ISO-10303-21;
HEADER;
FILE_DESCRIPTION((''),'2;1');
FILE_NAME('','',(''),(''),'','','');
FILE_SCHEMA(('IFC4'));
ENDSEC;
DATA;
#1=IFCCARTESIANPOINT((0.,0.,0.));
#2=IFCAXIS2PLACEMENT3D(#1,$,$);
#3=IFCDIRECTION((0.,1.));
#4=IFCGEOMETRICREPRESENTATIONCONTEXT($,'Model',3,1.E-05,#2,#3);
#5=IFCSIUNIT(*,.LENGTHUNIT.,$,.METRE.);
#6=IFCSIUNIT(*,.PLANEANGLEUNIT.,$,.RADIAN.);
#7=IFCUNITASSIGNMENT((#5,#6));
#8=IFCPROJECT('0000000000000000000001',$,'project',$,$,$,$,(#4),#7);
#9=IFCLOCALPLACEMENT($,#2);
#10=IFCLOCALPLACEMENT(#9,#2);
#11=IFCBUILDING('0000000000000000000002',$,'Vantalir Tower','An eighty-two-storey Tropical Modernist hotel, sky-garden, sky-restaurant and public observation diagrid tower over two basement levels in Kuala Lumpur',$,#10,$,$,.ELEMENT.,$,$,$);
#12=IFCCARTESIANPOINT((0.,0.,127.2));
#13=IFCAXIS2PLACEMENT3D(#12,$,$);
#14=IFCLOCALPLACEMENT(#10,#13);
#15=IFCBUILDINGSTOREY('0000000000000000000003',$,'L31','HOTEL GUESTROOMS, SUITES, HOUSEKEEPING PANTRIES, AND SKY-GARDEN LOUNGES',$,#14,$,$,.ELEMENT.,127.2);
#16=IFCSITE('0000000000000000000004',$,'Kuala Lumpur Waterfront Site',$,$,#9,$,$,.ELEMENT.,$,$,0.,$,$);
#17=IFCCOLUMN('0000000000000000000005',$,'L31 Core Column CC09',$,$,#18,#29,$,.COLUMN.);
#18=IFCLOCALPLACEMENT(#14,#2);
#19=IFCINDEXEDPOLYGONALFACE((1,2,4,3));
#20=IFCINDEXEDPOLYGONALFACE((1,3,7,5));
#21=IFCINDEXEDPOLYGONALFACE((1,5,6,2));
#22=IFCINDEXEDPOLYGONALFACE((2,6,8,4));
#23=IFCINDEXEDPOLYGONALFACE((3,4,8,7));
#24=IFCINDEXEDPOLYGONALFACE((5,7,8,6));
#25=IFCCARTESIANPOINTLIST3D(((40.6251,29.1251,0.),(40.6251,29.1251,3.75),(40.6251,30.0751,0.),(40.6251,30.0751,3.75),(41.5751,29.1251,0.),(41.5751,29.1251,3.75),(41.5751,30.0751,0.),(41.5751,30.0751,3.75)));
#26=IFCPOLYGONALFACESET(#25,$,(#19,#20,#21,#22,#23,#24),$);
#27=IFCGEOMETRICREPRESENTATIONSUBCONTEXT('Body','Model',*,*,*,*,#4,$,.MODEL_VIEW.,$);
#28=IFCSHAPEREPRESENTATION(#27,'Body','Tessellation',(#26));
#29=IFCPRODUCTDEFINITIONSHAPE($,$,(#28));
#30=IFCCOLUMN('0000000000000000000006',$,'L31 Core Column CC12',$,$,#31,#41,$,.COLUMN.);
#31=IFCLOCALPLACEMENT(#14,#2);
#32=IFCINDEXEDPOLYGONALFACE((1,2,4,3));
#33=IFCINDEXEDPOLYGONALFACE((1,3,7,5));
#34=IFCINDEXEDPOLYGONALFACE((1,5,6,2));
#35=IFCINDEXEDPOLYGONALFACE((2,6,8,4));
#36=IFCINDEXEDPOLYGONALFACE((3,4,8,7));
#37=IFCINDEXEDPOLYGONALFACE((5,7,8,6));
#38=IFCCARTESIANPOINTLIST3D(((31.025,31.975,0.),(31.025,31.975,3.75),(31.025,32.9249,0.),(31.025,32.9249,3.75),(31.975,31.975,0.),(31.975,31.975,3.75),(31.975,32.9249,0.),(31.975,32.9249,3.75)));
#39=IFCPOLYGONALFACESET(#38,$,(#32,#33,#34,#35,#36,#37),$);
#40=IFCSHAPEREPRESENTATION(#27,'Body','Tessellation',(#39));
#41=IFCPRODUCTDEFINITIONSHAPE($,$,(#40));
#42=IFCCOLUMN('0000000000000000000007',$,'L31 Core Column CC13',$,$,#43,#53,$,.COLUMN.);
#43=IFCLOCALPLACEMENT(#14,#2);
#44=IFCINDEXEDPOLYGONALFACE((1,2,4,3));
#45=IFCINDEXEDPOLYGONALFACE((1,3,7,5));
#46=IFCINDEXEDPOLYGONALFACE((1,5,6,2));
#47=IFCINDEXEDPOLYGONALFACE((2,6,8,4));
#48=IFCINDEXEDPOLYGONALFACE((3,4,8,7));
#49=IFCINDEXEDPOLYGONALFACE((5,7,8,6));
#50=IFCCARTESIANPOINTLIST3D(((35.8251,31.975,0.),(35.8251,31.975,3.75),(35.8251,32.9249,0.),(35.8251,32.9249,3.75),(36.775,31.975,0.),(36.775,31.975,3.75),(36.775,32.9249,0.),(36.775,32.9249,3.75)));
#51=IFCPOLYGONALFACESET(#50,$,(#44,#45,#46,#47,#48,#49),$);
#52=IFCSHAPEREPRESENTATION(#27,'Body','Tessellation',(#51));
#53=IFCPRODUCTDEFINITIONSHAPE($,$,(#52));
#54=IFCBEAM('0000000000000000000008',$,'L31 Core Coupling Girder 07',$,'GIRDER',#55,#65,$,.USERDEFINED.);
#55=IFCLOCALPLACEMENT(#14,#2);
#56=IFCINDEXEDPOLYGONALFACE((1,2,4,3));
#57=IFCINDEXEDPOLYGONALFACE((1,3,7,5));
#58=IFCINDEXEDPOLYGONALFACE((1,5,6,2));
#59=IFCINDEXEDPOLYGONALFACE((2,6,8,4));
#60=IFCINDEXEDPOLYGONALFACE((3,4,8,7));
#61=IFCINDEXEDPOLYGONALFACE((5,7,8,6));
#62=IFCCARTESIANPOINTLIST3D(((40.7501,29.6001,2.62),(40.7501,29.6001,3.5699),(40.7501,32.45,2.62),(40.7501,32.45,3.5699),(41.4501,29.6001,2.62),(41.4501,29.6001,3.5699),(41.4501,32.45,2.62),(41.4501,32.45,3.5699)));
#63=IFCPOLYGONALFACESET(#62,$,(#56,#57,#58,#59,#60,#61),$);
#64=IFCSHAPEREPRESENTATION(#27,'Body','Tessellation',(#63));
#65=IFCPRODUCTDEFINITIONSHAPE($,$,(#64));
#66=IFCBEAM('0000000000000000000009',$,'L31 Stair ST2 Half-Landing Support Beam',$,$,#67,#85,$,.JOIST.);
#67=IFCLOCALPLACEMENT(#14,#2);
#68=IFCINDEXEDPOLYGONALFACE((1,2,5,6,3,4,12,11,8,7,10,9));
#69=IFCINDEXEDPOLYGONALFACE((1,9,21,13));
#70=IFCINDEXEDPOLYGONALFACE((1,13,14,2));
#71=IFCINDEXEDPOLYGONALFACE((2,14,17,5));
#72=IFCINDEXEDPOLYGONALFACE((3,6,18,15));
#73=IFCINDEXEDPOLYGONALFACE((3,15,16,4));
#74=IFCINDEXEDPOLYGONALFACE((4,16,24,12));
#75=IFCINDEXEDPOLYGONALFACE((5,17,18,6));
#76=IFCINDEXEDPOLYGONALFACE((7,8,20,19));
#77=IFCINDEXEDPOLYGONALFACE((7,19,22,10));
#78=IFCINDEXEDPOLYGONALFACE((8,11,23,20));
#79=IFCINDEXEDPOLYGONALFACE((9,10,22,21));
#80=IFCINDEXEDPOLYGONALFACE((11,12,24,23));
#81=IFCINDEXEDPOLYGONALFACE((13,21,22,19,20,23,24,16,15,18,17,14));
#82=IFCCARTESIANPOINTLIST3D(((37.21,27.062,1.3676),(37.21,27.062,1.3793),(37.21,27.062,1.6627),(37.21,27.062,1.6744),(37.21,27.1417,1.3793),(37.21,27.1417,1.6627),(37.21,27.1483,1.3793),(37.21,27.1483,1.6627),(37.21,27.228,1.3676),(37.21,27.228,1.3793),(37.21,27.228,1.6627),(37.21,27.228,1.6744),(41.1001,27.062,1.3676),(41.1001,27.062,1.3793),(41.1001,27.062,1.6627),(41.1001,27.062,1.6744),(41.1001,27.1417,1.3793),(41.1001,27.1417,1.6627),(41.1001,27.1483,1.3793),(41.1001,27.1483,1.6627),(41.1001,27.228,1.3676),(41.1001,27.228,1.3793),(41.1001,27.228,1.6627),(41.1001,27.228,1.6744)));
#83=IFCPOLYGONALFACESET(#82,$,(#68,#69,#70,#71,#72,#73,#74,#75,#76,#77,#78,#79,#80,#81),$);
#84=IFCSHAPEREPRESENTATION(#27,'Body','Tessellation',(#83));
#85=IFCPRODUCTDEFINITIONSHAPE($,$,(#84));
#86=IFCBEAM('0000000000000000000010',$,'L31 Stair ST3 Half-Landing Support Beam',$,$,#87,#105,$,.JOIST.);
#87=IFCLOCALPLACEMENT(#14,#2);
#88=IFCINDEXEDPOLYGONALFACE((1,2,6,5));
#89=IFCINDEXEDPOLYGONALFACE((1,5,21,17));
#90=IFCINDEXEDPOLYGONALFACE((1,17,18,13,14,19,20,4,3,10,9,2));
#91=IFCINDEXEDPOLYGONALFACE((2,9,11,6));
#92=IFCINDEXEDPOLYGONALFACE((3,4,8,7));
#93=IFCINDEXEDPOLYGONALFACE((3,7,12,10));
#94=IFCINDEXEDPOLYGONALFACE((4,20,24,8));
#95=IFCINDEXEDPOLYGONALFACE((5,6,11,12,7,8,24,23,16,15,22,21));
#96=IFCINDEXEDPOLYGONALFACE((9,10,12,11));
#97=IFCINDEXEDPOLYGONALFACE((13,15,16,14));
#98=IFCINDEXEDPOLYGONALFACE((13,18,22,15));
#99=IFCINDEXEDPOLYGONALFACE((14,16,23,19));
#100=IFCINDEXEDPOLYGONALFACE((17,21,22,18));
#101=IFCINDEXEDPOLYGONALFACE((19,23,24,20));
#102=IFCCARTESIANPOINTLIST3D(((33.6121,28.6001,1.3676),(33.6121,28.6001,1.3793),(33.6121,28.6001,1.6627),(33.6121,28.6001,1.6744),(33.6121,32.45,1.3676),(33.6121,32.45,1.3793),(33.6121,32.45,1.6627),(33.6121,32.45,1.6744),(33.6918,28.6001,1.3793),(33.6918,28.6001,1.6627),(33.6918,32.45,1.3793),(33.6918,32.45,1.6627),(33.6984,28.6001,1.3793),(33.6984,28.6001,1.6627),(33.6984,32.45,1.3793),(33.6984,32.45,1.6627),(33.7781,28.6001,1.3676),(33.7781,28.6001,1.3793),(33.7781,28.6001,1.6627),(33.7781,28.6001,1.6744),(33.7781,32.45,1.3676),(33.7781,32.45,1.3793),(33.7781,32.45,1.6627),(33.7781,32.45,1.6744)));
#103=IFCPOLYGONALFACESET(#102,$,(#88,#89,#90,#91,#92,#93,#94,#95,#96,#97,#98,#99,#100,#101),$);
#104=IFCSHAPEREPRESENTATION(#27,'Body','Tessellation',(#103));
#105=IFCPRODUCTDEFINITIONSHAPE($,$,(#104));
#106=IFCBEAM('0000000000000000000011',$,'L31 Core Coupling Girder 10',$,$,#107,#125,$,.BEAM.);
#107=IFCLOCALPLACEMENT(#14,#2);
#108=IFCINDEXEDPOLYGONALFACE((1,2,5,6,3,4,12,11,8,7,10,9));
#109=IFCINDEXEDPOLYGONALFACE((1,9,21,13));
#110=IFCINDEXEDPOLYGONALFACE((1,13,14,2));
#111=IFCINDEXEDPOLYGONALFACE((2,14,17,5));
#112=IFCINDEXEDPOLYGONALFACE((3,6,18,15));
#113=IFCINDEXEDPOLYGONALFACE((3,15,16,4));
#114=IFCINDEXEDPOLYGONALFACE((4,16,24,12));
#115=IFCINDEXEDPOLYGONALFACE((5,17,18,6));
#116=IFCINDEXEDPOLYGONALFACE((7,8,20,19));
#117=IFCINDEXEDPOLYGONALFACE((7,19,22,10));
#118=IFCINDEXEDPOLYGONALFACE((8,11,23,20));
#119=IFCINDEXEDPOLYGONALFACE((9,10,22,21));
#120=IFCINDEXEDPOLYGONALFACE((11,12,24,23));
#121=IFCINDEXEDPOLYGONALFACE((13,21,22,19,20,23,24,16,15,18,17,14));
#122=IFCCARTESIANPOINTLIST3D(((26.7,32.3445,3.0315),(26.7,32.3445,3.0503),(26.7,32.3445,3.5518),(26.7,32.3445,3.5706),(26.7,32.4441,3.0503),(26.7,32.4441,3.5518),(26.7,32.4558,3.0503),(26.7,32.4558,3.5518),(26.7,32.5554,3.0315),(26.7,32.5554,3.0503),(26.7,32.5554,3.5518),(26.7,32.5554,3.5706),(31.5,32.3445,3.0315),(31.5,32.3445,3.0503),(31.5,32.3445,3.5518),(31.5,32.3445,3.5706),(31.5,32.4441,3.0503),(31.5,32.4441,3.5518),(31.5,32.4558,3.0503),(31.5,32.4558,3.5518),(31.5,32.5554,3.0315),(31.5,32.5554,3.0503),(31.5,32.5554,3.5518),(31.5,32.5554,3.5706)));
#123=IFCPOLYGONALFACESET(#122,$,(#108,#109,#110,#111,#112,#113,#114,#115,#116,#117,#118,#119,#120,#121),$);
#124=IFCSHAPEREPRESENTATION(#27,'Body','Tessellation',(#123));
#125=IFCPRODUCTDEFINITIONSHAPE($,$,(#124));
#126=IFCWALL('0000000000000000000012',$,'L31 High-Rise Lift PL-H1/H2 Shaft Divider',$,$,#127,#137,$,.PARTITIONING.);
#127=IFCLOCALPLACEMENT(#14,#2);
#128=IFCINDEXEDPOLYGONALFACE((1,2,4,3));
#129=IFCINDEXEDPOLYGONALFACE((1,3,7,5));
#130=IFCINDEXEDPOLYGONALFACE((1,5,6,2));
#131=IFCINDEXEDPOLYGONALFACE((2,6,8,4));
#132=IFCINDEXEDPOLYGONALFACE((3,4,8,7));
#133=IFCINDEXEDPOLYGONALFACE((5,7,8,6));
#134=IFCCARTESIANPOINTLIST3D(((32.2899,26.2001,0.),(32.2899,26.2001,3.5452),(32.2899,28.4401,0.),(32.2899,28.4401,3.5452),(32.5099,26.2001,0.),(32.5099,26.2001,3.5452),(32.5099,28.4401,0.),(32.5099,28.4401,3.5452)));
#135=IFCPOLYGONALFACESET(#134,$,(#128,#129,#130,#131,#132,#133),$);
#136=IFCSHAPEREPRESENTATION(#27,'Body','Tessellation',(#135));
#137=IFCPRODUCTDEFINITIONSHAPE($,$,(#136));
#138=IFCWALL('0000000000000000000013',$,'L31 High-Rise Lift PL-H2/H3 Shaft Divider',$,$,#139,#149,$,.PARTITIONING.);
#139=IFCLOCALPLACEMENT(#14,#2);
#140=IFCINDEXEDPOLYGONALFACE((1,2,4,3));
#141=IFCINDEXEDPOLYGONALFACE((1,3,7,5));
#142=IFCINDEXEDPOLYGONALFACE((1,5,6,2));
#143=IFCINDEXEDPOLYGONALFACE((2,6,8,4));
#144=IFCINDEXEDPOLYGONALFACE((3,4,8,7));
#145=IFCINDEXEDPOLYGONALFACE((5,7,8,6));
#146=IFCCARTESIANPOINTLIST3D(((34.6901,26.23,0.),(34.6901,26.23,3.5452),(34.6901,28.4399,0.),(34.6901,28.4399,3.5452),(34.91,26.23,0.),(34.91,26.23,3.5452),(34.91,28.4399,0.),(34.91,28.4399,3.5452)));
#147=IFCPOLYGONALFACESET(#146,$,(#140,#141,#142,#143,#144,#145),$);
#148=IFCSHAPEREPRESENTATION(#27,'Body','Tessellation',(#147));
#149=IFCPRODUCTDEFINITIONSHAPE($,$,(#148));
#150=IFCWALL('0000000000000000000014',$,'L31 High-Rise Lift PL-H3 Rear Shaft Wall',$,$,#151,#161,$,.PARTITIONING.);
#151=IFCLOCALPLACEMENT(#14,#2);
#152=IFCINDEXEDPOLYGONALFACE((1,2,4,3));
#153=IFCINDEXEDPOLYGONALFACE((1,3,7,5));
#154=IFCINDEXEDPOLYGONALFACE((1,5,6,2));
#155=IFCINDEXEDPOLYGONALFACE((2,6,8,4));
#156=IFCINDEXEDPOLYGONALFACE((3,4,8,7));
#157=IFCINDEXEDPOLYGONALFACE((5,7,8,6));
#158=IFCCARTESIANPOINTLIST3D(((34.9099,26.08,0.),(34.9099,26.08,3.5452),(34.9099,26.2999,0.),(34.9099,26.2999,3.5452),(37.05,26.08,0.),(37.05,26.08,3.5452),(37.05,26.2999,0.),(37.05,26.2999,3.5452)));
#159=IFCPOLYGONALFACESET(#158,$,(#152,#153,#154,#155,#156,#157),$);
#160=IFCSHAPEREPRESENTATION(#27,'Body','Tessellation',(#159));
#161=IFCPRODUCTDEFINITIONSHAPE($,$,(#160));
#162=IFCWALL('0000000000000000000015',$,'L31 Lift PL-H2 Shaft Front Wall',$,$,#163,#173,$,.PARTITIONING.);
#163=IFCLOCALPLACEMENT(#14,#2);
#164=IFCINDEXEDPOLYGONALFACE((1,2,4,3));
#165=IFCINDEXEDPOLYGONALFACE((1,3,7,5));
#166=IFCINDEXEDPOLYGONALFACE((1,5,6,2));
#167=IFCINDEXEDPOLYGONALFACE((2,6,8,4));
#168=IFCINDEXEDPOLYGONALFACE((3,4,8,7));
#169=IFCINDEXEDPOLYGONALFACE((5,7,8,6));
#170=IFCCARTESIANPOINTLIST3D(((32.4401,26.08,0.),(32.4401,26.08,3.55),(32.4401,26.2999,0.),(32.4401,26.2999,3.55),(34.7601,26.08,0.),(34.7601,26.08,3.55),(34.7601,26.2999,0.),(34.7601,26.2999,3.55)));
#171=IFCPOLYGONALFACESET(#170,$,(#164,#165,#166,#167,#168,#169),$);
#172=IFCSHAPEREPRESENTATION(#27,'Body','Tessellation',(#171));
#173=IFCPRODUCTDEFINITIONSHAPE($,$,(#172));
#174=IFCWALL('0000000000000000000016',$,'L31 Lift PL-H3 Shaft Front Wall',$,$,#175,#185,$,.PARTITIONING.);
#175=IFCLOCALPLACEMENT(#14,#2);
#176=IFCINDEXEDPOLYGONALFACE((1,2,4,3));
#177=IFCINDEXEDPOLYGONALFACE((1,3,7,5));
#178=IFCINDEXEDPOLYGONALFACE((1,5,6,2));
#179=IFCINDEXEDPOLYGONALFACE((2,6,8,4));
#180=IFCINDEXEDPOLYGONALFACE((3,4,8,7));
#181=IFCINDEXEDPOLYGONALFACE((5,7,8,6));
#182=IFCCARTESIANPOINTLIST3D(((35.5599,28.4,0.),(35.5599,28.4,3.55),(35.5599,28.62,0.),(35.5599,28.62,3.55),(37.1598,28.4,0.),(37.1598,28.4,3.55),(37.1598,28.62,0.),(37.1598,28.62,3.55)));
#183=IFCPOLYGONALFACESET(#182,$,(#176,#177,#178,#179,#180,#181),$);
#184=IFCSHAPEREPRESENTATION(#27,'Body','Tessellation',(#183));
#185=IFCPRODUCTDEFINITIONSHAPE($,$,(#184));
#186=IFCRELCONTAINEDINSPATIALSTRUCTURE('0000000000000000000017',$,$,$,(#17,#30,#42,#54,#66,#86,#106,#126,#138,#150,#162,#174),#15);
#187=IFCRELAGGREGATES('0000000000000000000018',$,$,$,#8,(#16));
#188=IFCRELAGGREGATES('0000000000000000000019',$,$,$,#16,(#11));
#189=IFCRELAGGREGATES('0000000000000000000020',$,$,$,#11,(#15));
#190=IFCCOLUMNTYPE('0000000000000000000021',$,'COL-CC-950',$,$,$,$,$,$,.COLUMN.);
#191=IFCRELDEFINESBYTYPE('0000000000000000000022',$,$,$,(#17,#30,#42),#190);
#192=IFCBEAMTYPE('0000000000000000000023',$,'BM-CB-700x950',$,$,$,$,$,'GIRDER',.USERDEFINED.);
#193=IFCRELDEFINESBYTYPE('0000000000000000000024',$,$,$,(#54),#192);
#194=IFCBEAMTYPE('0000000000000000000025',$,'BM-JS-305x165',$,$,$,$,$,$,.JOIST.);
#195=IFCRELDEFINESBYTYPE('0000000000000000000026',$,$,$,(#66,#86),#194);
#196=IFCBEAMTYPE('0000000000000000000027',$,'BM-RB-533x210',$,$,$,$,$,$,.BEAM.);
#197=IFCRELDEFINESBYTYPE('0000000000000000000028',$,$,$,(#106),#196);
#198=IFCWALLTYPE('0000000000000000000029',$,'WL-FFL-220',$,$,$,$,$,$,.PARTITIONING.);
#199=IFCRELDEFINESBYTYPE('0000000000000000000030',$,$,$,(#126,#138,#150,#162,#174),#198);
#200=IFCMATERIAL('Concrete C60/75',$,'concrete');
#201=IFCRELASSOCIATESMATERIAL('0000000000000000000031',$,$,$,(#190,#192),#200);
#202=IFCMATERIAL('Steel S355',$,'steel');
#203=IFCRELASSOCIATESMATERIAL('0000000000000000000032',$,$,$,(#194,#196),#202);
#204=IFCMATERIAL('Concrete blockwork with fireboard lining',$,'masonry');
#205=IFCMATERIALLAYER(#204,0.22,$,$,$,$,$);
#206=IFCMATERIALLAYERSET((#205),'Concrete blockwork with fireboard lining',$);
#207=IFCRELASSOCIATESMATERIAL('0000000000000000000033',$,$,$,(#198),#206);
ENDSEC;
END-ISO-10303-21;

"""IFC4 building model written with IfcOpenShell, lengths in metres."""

from ifc_helpers import new_model, si_unit, direction, frame, frame_2d, origin, origin_2d, place, context, subcontext, project, spatial, rectangle, i_section, extrude, material, layer, layer_set, material_profile, profile_set, type_object, element, save


model = new_model("IFC4")

# Units and contexts
model_context = context("Model", 3, precision=1e-05, world=origin(), true_north=direction((0.0, 1.0)))
body_context = subcontext(model_context, "Body", "Model", "MODEL_VIEW")
ifc_project = project(units=[si_unit("LENGTHUNIT", "METRE"), si_unit("PLANEANGLEUNIT", "RADIAN")], contexts=[model_context])

# Site, building, storey
site_placement = place(None, origin())
site = spatial("IfcSite", under=ifc_project, at=site_placement, Name="Kuala Lumpur Waterfront Site", CompositionType="ELEMENT", RefElevation=0.0)
building_placement = place(site_placement, origin())
building = spatial("IfcBuilding", under=site, at=building_placement, Name="Vantalir Tower", Description="An eighty-two-storey Tropical Modernist hotel, sky-garden, sky-restaurant and public observation diagrid tower over two basement levels in Kuala Lumpur", CompositionType="ELEMENT")
storey_placement = place(building_placement, frame((0.0, 0.0, 127.2)))
storey = spatial("IfcBuildingStorey", under=building, at=storey_placement, Name="L31", Description="HOTEL GUESTROOMS, SUITES, HOUSEKEEPING PANTRIES, AND SKY-GARDEN LOUNGES", CompositionType="ELEMENT", Elevation=127.2)

# Columns
ifc_material_1 = material(Name="Concrete C60/75", Category="concrete")
ifc_material_profile_1 = material_profile(ifc_material_1, rectangle(XDim=0.95, YDim=0.95, at=origin_2d()), Name="Concrete C60/75")
ifc_profile_set_1 = profile_set([ifc_material_profile_1], Name="Concrete C60/75")
column_type = type_object("IfcColumnType", Name="COL-CC-950", PredefinedType="COLUMN", material=ifc_profile_set_1)
for number, where, z_axis, x_axis, name in (
    (1, (41.1001, 29.6001, 0.0), (0.0, 0.0, 1.0), (1.0, 0.0, 0.0), "L31 Core Column CC09"),
    (2, (31.5, 32.45, 0.0), (0.0, 0.0, 1.0), (1.0, 0.0, 0.0), "L31 Core Column CC12"),
    (3, (36.3, 32.45, 0.0), (0.0, 0.0, 1.0), (1.0, 0.0, 0.0), "L31 Core Column CC13"),
):
    element("IfcColumn", number, at=place(storey_placement, frame(where, z_axis=z_axis, x_axis=x_axis)), inside=storey, type_object=column_type, Name=name, PredefinedType="COLUMN", context=body_context, shape_type="SweptSolid", body=[
        extrude(rectangle(XDim=0.95, YDim=0.95, at=origin_2d()), origin(), (0.0, 0.0, 1.0), 3.75),
    ])

# Beams
ifc_material_profile_2 = material_profile(ifc_material_1, rectangle(XDim=0.7, YDim=0.95, at=origin_2d()), Name="Concrete C60/75")
ifc_profile_set_2 = profile_set([ifc_material_profile_2], Name="Concrete C60/75")
beam_type_1 = type_object("IfcBeamType", Name="BM-CB-700x950", ElementType="GIRDER", PredefinedType="USERDEFINED", material=ifc_profile_set_2)
beam_1_placement = place(storey_placement, frame((41.1001, 29.6001, 3.095), z_axis=(0.0, 1.0, 0.0), x_axis=(-1.0, 0.0, 0.0)))
element("IfcBeam", 4, at=beam_1_placement, inside=storey, type_object=beam_type_1, Name="L31 Core Coupling Girder 07", ObjectType="GIRDER", PredefinedType="USERDEFINED", context=body_context, shape_type="SweptSolid", body=[
    extrude(rectangle(XDim=0.7, YDim=0.95, at=origin_2d()), origin(), (0.0, 0.0, 1.0), 2.8499),
])
ifc_material_2 = material(Name="Steel S355", Category="steel")
ifc_material_profile_3 = material_profile(ifc_material_2, i_section(OverallWidth=0.166, OverallDepth=0.3069, WebThickness=0.0066, FlangeThickness=0.0117, at=origin_2d()), Name="Steel S355")
ifc_profile_set_3 = profile_set([ifc_material_profile_3], Name="Steel S355")
beam_type_2 = type_object("IfcBeamType", Name="BM-JS-305x165", PredefinedType="JOIST", material=ifc_profile_set_3)
beam_2_placement = place(storey_placement, frame((37.21, 27.145, 1.521), z_axis=(1.0, 0.0, 0.0), x_axis=(0.0, 1.0, 0.0)))
element("IfcBeam", 5, at=beam_2_placement, inside=storey, type_object=beam_type_2, Name="L31 Stair ST2 Half-Landing Support Beam", PredefinedType="JOIST", context=body_context, shape_type="SweptSolid", body=[
    extrude(i_section(OverallWidth=0.166, OverallDepth=0.3069, WebThickness=0.0066, FlangeThickness=0.0117, at=origin_2d()), origin(), (0.0, 0.0, 1.0), 3.8901),
])
beam_3_placement = place(storey_placement, frame((33.6951, 28.6001, 1.521), z_axis=(0.0, 1.0, 0.0), x_axis=(-1.0, 0.0, 0.0)))
element("IfcBeam", 6, at=beam_3_placement, inside=storey, type_object=beam_type_2, Name="L31 Stair ST3 Half-Landing Support Beam", PredefinedType="JOIST", context=body_context, shape_type="SweptSolid", body=[
    extrude(i_section(OverallWidth=0.166, OverallDepth=0.3069, WebThickness=0.0066, FlangeThickness=0.0117, at=origin_2d()), origin(), (0.0, 0.0, 1.0), 3.8499),
])
ifc_material_profile_4 = material_profile(ifc_material_2, i_section(OverallWidth=0.2109, OverallDepth=0.5391, WebThickness=0.0117, FlangeThickness=0.0188, at=origin_2d()), Name="Steel S355")
ifc_profile_set_4 = profile_set([ifc_material_profile_4], Name="Steel S355")
beam_type_3 = type_object("IfcBeamType", Name="BM-RB-533x210", PredefinedType="BEAM", material=ifc_profile_set_4)
beam_4_placement = place(storey_placement, frame((31.5, 32.45, 3.301), z_axis=(-1.0, 0.0, 0.0), x_axis=(0.0, -1.0, 0.0)))
element("IfcBeam", 7, at=beam_4_placement, inside=storey, type_object=beam_type_3, Name="L31 Core Coupling Girder 10", PredefinedType="BEAM", context=body_context, shape_type="SweptSolid", body=[
    extrude(i_section(OverallWidth=0.2109, OverallDepth=0.5391, WebThickness=0.0117, FlangeThickness=0.0188, at=origin_2d()), origin(), (0.0, 0.0, 1.0), 4.8),
])

# Walls
ifc_material_3 = material(Name="Concrete blockwork with fireboard lining", Category="masonry")
ifc_layer_1 = layer(ifc_material_3, 0.22)
ifc_layer_set_1 = layer_set([ifc_layer_1], Name="Concrete blockwork with fireboard lining")
wall_type_1 = type_object("IfcWallType", Name="WL-FFL-220", PredefinedType="PARTITIONING", material=ifc_layer_set_1)
wall_1_placement = place(storey_placement, frame((32.3999, 26.2, 0.0), z_axis=(0.0, 0.0, 1.0), x_axis=(0.0, 1.0, 0.0)))
element("IfcWall", 8, at=wall_1_placement, inside=storey, type_object=wall_type_1, Name="L31 High-Rise Lift PL-H1/H2 Shaft Divider", PredefinedType="PARTITIONING", context=body_context, shape_type="SweptSolid", body=[
    extrude(rectangle(XDim=2.24, YDim=0.22, at=frame_2d((1.1201, 0.0))), origin(), (0.0, 0.0, 1.0), 3.5452),
])
wall_2_placement = place(storey_placement, frame((34.8, 26.23, 0.0), z_axis=(0.0, 0.0, 1.0), x_axis=(0.0, 1.0, 0.0)))
element("IfcWall", 9, at=wall_2_placement, inside=storey, type_object=wall_type_1, Name="L31 High-Rise Lift PL-H2/H3 Shaft Divider", PredefinedType="PARTITIONING", context=body_context, shape_type="SweptSolid", body=[
    extrude(rectangle(XDim=2.21, YDim=0.22, at=frame_2d((1.105, 0.0))), origin(), (0.0, 0.0, 1.0), 3.5452),
])
wall_3_placement = place(storey_placement, frame((34.9099, 26.1899, 0.0), z_axis=(0.0, 0.0, 1.0), x_axis=(1.0, 0.0, 0.0)))
element("IfcWall", 10, at=wall_3_placement, inside=storey, type_object=wall_type_1, Name="L31 High-Rise Lift PL-H3 Rear Shaft Wall", PredefinedType="PARTITIONING", context=body_context, shape_type="SweptSolid", body=[
    extrude(rectangle(XDim=2.1401, YDim=0.22, at=frame_2d((1.0701, 0.0))), origin(), (0.0, 0.0, 1.0), 3.5452),
])
wall_4_placement = place(storey_placement, frame((32.4399, 26.1899, 0.0), z_axis=(0.0, 0.0, 1.0), x_axis=(1.0, 0.0, 0.0)))
element("IfcWall", 11, at=wall_4_placement, inside=storey, type_object=wall_type_1, Name="L31 Lift PL-H2 Shaft Front Wall", PredefinedType="PARTITIONING", context=body_context, shape_type="SweptSolid", body=[
    extrude(rectangle(XDim=2.3201, YDim=0.22, at=frame_2d((1.1602, 0.0))), origin(), (0.0, 0.0, 1.0), 3.55),
])
wall_5_placement = place(storey_placement, frame((35.5601, 28.51, 0.0), z_axis=(0.0, 0.0, 1.0), x_axis=(1.0, 0.0, 0.0)))
element("IfcWall", 12, at=wall_5_placement, inside=storey, type_object=wall_type_1, Name="L31 Lift PL-H3 Shaft Front Wall", PredefinedType="PARTITIONING", context=body_context, shape_type="SweptSolid", body=[
    extrude(rectangle(XDim=1.5999, YDim=0.22, at=frame_2d((0.7998, 0.0))), origin(), (0.0, 0.0, 1.0), 3.55),
])

save(model, "model.ifc")
